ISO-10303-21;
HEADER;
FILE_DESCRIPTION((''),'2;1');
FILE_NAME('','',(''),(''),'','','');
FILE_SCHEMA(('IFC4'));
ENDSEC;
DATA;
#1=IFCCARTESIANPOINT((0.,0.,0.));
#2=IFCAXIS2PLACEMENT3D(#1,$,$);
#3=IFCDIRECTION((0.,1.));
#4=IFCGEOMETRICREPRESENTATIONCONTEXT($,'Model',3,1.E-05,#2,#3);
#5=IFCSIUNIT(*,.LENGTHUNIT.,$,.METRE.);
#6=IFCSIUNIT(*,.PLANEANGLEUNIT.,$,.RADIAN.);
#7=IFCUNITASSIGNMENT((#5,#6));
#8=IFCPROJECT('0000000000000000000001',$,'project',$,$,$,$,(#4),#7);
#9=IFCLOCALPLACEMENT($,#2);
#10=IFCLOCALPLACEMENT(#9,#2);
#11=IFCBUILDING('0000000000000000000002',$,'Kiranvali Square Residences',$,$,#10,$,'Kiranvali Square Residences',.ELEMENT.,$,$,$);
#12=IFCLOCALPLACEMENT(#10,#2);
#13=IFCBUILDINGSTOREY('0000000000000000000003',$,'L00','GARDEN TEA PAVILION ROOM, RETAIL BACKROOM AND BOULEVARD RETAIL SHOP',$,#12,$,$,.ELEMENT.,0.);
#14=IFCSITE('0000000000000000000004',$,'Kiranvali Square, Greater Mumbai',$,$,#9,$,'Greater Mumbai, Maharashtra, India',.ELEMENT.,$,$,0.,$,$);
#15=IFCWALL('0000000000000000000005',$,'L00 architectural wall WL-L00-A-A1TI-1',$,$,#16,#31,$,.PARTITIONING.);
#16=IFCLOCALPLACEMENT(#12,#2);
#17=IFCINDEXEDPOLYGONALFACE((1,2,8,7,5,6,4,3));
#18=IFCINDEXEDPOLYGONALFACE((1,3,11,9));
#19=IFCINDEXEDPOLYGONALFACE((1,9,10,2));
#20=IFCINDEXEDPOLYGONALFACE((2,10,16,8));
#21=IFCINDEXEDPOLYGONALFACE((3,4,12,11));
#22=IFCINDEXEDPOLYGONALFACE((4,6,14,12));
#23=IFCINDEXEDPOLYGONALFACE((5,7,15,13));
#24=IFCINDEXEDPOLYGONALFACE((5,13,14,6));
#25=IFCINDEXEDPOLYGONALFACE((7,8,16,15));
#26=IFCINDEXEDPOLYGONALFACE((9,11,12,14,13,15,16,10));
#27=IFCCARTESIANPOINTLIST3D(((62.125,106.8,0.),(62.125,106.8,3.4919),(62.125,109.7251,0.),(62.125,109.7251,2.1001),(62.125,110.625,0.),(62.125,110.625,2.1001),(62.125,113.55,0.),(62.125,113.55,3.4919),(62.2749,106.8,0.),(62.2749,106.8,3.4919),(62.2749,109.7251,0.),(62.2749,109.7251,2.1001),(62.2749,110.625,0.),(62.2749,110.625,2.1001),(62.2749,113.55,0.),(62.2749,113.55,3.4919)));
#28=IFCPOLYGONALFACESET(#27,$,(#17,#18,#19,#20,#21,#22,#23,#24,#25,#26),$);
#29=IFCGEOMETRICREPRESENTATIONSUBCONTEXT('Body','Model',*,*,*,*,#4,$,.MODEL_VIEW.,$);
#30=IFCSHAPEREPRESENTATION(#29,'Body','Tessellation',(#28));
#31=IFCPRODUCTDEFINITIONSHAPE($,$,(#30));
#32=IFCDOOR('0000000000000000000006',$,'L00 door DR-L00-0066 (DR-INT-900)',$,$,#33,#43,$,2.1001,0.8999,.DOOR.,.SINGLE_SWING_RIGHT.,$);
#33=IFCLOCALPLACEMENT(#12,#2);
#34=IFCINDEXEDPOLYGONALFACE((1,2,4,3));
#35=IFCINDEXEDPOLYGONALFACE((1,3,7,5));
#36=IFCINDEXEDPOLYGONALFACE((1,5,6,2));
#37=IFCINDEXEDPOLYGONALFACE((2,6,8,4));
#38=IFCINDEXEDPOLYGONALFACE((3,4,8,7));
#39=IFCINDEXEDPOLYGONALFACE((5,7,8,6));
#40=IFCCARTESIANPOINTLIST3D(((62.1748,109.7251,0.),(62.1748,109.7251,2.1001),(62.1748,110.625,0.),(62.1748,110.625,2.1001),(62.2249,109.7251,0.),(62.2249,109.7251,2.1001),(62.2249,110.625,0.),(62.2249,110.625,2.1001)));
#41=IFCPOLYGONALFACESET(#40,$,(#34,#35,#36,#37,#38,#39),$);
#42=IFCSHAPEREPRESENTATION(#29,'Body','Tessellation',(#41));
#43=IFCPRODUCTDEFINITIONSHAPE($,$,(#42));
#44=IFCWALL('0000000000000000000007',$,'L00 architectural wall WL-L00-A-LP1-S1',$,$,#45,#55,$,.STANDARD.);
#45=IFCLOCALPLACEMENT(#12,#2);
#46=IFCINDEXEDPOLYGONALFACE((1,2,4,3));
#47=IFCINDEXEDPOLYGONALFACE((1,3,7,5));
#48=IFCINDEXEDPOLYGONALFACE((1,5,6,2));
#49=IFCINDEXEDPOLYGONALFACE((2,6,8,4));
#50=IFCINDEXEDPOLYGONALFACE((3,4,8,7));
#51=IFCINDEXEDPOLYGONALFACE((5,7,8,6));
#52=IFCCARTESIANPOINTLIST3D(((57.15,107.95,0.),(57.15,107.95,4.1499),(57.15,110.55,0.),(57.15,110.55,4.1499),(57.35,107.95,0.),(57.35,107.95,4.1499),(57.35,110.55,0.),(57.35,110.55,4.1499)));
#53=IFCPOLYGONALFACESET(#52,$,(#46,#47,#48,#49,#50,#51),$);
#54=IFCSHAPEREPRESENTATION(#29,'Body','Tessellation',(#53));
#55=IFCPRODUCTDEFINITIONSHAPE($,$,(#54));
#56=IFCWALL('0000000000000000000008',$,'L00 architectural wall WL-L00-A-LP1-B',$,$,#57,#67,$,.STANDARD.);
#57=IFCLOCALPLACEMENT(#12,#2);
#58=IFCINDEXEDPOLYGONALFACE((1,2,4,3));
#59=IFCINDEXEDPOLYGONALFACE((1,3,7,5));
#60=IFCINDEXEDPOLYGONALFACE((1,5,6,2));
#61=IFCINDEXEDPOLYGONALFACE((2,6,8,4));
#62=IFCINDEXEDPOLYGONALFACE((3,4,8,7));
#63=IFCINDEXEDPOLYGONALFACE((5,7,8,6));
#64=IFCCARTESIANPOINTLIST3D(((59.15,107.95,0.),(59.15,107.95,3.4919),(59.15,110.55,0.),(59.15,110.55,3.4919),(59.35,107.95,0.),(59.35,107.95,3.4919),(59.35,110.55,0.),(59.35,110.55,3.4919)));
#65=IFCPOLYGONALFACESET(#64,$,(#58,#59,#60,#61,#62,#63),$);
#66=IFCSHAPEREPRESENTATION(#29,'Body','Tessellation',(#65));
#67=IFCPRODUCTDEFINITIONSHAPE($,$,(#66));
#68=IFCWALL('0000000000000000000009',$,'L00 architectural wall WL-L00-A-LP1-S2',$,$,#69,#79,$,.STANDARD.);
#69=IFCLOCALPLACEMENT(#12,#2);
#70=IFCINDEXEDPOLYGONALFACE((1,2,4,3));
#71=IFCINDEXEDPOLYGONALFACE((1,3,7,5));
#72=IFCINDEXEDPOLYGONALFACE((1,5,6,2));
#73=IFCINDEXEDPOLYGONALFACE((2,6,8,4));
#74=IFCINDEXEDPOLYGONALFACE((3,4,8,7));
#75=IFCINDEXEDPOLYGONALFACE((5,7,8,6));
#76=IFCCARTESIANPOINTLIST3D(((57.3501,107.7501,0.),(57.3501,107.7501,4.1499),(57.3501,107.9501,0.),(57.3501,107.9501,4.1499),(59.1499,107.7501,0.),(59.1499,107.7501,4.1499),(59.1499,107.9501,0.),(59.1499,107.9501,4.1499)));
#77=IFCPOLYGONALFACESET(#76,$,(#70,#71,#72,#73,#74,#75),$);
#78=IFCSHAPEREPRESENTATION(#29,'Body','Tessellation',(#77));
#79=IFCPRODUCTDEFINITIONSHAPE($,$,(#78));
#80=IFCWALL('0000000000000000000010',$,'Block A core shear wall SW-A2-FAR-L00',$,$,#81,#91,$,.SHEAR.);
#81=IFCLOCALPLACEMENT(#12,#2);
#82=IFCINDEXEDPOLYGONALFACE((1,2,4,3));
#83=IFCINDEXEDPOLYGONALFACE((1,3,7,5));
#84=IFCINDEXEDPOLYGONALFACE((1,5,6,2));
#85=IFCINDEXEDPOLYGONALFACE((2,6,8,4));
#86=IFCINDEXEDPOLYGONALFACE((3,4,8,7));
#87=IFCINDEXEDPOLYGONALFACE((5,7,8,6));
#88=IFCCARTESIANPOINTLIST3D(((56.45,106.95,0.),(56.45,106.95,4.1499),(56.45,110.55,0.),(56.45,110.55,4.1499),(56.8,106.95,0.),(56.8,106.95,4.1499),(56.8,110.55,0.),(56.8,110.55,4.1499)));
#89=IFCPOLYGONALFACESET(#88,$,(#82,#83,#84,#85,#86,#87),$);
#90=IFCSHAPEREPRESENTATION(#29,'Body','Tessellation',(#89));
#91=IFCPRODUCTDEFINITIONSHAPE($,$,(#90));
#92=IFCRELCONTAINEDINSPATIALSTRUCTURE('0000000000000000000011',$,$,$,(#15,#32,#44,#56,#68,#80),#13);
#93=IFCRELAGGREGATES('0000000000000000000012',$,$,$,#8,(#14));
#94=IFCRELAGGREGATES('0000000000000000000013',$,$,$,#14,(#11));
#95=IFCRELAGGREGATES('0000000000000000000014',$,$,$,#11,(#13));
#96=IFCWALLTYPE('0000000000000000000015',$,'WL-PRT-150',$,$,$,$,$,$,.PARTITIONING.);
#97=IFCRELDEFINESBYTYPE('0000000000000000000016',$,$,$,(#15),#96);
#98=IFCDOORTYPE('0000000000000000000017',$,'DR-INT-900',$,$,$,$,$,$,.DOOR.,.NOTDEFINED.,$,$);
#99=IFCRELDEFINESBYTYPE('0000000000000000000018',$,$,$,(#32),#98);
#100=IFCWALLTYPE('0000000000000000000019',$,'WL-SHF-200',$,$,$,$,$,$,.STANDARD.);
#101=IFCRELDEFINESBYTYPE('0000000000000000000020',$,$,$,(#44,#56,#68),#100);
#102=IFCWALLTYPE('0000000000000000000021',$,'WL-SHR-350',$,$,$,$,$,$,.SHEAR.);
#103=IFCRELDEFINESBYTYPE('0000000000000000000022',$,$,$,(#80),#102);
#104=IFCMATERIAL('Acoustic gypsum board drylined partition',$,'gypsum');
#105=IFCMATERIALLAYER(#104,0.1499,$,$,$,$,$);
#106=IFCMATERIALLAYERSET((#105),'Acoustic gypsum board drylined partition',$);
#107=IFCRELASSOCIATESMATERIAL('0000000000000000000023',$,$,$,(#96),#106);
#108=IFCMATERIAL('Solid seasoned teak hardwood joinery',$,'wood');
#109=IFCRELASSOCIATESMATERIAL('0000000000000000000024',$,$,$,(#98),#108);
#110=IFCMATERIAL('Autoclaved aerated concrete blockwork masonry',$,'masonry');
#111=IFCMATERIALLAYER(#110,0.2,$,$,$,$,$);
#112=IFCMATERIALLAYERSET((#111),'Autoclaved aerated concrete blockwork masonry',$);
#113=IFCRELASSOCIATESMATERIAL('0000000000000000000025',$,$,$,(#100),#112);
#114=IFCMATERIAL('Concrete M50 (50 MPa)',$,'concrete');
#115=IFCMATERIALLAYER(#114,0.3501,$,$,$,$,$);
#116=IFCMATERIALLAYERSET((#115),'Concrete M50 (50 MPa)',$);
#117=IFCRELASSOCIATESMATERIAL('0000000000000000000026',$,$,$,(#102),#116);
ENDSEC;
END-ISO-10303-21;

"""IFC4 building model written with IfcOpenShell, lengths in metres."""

from ifc_helpers import new_model, si_unit, direction, frame, frame_2d, origin, place, context, subcontext, project, spatial, rectangle, extrude, material, layer, layer_set, type_object, element, fill, save


model = new_model("IFC4")

# Units and contexts
model_context = context("Model", 3, precision=1e-05, world=origin(), true_north=direction((0.0, 1.0)))
body_context = subcontext(model_context, "Body", "Model", "MODEL_VIEW")
ifc_project = project(units=[si_unit("LENGTHUNIT", "METRE"), si_unit("PLANEANGLEUNIT", "RADIAN")], contexts=[model_context])

# Site, building, storey
site_placement = place(None, origin())
site = spatial("IfcSite", under=ifc_project, at=site_placement, Name="Kiranvali Square, Greater Mumbai", LongName="Greater Mumbai, Maharashtra, India", CompositionType="ELEMENT", RefElevation=0.0)
building_placement = place(site_placement, origin())
building = spatial("IfcBuilding", under=site, at=building_placement, Name="Kiranvali Square Residences", LongName="Kiranvali Square Residences", CompositionType="ELEMENT")
storey_placement = place(building_placement, origin())
storey = spatial("IfcBuildingStorey", under=building, at=storey_placement, Name="L00", Description="GARDEN TEA PAVILION ROOM, RETAIL BACKROOM AND BOULEVARD RETAIL SHOP", CompositionType="ELEMENT", Elevation=0.0)

# Shared definitions
ifc_material_1 = material(Name="Concrete M50 (50 MPa)", Category="concrete")

# Wall, opening, door
ifc_material_2 = material(Name="Acoustic gypsum board drylined partition", Category="gypsum")
ifc_layer_1 = layer(ifc_material_2, 0.1499)
ifc_layer_set_1 = layer_set([ifc_layer_1], Name="Acoustic gypsum board drylined partition")
wall_type_1 = type_object("IfcWallType", Name="WL-PRT-150", PredefinedType="PARTITIONING", material=ifc_layer_set_1)
wall_1_placement = place(storey_placement, frame((62.2, 106.8, 0.0), z_axis=(0.0, 0.0, 1.0), x_axis=(0.0, 1.0, 0.0)))
wall_1 = element("IfcWall", 1, at=wall_1_placement, inside=storey, type_object=wall_type_1, Name="L00 architectural wall WL-L00-A-A1TI-1", PredefinedType="PARTITIONING", context=body_context, shape_type="SweptSolid", body=[
    extrude(rectangle(XDim=6.75, YDim=0.1499, at=frame_2d((3.375, 0.0))), origin(), (0.0, 0.0, 1.0), 3.4919),
])
opening_1_placement = place(wall_1_placement, frame((2.925, 0.0, 0.0)))
opening_1 = element("IfcOpeningElement", 2, at=opening_1_placement, cuts=wall_1, PredefinedType="OPENING", context=body_context, shape_type="SweptSolid", body=[
    extrude(rectangle(XDim=0.8999, YDim=2.1001, at=frame_2d((0.45, 1.05))), frame((0.0, 0.085, 0.0), z_axis=(0.0, -1.0, 0.0), x_axis=(1.0, 0.0, 0.0)), (0.0, 0.0, 1.0), 0.1699),
])
ifc_material_3 = material(Name="Solid seasoned teak hardwood joinery", Category="wood")
door_type_1 = type_object("IfcDoorType", Name="DR-INT-900", OperationType="NOTDEFINED", PredefinedType="DOOR", material=ifc_material_3)
door_1_placement = place(opening_1_placement, frame((0.8999, 0.0, 0.0), z_axis=(0.0, 0.0, 1.0), x_axis=(-1.0, 0.0, 0.0)))
door_1 = element("IfcDoor", 3, at=door_1_placement, inside=storey, type_object=door_type_1, Name="L00 door DR-L00-0066 (DR-INT-900)", OperationType="SINGLE_SWING_RIGHT", OverallHeight=2.1001, OverallWidth=0.8999, PredefinedType="DOOR", context=body_context, shape_type="SweptSolid", body=[
    extrude(rectangle(XDim=0.8999, YDim=2.1001, at=frame_2d((0.45, 1.05))), frame((0.0, 0.0249, 0.0), z_axis=(0.0, -1.0, 0.0), x_axis=(1.0, 0.0, 0.0)), (0.0, 0.0, 1.0), 0.05),
])
fill(opening_1, door_1)

# Walls
ifc_material_4 = material(Name="Autoclaved aerated concrete blockwork masonry", Category="masonry")
ifc_layer_2 = layer(ifc_material_4, 0.2)
ifc_layer_set_2 = layer_set([ifc_layer_2], Name="Autoclaved aerated concrete blockwork masonry")
wall_type_2 = type_object("IfcWallType", Name="WL-SHF-200", PredefinedType="STANDARD", material=ifc_layer_set_2)
wall_2_placement = place(storey_placement, frame((57.25, 107.95, 0.0), z_axis=(0.0, 0.0, 1.0), x_axis=(0.0, 1.0, 0.0)))
element("IfcWall", 4, at=wall_2_placement, inside=storey, type_object=wall_type_2, Name="L00 architectural wall WL-L00-A-LP1-S1", PredefinedType="STANDARD", context=body_context, shape_type="SweptSolid", body=[
    extrude(rectangle(XDim=2.6001, YDim=0.2, at=frame_2d((1.3, 0.0))), origin(), (0.0, 0.0, 1.0), 4.1499),
])
wall_3_placement = place(storey_placement, frame((59.25, 107.95, 0.0), z_axis=(0.0, 0.0, 1.0), x_axis=(0.0, 1.0, 0.0)))
element("IfcWall", 5, at=wall_3_placement, inside=storey, type_object=wall_type_2, Name="L00 architectural wall WL-L00-A-LP1-B", PredefinedType="STANDARD", context=body_context, shape_type="SweptSolid", body=[
    extrude(rectangle(XDim=2.6001, YDim=0.2, at=frame_2d((1.3, 0.0))), origin(), (0.0, 0.0, 1.0), 3.4919),
])
wall_4_placement = place(storey_placement, frame((57.3501, 107.8501, 0.0), z_axis=(0.0, 0.0, 1.0), x_axis=(1.0, 0.0, 0.0)))
element("IfcWall", 6, at=wall_4_placement, inside=storey, type_object=wall_type_2, Name="L00 architectural wall WL-L00-A-LP1-S2", PredefinedType="STANDARD", context=body_context, shape_type="SweptSolid", body=[
    extrude(rectangle(XDim=1.7998, YDim=0.2, at=frame_2d((0.8999, 0.0))), origin(), (0.0, 0.0, 1.0), 4.1499),
])

# Wall
ifc_layer_3 = layer(ifc_material_1, 0.3501)
ifc_layer_set_3 = layer_set([ifc_layer_3], Name="Concrete M50 (50 MPa)")
wall_type_3 = type_object("IfcWallType", Name="WL-SHR-350", PredefinedType="SHEAR", material=ifc_layer_set_3)
wall_5_placement = place(storey_placement, frame((56.625, 106.95, 0.0), z_axis=(0.0, 0.0, 1.0), x_axis=(0.0, 1.0, 0.0)))
element("IfcWall", 7, at=wall_5_placement, inside=storey, type_object=wall_type_3, Name="Block A core shear wall SW-A2-FAR-L00", PredefinedType="SHEAR", context=body_context, shape_type="SweptSolid", body=[
    extrude(rectangle(XDim=3.6001, YDim=0.3501, at=frame_2d((1.8, 0.0))), origin(), (0.0, 0.0, 1.0), 4.1499),
])

save(model, "model.ifc")
